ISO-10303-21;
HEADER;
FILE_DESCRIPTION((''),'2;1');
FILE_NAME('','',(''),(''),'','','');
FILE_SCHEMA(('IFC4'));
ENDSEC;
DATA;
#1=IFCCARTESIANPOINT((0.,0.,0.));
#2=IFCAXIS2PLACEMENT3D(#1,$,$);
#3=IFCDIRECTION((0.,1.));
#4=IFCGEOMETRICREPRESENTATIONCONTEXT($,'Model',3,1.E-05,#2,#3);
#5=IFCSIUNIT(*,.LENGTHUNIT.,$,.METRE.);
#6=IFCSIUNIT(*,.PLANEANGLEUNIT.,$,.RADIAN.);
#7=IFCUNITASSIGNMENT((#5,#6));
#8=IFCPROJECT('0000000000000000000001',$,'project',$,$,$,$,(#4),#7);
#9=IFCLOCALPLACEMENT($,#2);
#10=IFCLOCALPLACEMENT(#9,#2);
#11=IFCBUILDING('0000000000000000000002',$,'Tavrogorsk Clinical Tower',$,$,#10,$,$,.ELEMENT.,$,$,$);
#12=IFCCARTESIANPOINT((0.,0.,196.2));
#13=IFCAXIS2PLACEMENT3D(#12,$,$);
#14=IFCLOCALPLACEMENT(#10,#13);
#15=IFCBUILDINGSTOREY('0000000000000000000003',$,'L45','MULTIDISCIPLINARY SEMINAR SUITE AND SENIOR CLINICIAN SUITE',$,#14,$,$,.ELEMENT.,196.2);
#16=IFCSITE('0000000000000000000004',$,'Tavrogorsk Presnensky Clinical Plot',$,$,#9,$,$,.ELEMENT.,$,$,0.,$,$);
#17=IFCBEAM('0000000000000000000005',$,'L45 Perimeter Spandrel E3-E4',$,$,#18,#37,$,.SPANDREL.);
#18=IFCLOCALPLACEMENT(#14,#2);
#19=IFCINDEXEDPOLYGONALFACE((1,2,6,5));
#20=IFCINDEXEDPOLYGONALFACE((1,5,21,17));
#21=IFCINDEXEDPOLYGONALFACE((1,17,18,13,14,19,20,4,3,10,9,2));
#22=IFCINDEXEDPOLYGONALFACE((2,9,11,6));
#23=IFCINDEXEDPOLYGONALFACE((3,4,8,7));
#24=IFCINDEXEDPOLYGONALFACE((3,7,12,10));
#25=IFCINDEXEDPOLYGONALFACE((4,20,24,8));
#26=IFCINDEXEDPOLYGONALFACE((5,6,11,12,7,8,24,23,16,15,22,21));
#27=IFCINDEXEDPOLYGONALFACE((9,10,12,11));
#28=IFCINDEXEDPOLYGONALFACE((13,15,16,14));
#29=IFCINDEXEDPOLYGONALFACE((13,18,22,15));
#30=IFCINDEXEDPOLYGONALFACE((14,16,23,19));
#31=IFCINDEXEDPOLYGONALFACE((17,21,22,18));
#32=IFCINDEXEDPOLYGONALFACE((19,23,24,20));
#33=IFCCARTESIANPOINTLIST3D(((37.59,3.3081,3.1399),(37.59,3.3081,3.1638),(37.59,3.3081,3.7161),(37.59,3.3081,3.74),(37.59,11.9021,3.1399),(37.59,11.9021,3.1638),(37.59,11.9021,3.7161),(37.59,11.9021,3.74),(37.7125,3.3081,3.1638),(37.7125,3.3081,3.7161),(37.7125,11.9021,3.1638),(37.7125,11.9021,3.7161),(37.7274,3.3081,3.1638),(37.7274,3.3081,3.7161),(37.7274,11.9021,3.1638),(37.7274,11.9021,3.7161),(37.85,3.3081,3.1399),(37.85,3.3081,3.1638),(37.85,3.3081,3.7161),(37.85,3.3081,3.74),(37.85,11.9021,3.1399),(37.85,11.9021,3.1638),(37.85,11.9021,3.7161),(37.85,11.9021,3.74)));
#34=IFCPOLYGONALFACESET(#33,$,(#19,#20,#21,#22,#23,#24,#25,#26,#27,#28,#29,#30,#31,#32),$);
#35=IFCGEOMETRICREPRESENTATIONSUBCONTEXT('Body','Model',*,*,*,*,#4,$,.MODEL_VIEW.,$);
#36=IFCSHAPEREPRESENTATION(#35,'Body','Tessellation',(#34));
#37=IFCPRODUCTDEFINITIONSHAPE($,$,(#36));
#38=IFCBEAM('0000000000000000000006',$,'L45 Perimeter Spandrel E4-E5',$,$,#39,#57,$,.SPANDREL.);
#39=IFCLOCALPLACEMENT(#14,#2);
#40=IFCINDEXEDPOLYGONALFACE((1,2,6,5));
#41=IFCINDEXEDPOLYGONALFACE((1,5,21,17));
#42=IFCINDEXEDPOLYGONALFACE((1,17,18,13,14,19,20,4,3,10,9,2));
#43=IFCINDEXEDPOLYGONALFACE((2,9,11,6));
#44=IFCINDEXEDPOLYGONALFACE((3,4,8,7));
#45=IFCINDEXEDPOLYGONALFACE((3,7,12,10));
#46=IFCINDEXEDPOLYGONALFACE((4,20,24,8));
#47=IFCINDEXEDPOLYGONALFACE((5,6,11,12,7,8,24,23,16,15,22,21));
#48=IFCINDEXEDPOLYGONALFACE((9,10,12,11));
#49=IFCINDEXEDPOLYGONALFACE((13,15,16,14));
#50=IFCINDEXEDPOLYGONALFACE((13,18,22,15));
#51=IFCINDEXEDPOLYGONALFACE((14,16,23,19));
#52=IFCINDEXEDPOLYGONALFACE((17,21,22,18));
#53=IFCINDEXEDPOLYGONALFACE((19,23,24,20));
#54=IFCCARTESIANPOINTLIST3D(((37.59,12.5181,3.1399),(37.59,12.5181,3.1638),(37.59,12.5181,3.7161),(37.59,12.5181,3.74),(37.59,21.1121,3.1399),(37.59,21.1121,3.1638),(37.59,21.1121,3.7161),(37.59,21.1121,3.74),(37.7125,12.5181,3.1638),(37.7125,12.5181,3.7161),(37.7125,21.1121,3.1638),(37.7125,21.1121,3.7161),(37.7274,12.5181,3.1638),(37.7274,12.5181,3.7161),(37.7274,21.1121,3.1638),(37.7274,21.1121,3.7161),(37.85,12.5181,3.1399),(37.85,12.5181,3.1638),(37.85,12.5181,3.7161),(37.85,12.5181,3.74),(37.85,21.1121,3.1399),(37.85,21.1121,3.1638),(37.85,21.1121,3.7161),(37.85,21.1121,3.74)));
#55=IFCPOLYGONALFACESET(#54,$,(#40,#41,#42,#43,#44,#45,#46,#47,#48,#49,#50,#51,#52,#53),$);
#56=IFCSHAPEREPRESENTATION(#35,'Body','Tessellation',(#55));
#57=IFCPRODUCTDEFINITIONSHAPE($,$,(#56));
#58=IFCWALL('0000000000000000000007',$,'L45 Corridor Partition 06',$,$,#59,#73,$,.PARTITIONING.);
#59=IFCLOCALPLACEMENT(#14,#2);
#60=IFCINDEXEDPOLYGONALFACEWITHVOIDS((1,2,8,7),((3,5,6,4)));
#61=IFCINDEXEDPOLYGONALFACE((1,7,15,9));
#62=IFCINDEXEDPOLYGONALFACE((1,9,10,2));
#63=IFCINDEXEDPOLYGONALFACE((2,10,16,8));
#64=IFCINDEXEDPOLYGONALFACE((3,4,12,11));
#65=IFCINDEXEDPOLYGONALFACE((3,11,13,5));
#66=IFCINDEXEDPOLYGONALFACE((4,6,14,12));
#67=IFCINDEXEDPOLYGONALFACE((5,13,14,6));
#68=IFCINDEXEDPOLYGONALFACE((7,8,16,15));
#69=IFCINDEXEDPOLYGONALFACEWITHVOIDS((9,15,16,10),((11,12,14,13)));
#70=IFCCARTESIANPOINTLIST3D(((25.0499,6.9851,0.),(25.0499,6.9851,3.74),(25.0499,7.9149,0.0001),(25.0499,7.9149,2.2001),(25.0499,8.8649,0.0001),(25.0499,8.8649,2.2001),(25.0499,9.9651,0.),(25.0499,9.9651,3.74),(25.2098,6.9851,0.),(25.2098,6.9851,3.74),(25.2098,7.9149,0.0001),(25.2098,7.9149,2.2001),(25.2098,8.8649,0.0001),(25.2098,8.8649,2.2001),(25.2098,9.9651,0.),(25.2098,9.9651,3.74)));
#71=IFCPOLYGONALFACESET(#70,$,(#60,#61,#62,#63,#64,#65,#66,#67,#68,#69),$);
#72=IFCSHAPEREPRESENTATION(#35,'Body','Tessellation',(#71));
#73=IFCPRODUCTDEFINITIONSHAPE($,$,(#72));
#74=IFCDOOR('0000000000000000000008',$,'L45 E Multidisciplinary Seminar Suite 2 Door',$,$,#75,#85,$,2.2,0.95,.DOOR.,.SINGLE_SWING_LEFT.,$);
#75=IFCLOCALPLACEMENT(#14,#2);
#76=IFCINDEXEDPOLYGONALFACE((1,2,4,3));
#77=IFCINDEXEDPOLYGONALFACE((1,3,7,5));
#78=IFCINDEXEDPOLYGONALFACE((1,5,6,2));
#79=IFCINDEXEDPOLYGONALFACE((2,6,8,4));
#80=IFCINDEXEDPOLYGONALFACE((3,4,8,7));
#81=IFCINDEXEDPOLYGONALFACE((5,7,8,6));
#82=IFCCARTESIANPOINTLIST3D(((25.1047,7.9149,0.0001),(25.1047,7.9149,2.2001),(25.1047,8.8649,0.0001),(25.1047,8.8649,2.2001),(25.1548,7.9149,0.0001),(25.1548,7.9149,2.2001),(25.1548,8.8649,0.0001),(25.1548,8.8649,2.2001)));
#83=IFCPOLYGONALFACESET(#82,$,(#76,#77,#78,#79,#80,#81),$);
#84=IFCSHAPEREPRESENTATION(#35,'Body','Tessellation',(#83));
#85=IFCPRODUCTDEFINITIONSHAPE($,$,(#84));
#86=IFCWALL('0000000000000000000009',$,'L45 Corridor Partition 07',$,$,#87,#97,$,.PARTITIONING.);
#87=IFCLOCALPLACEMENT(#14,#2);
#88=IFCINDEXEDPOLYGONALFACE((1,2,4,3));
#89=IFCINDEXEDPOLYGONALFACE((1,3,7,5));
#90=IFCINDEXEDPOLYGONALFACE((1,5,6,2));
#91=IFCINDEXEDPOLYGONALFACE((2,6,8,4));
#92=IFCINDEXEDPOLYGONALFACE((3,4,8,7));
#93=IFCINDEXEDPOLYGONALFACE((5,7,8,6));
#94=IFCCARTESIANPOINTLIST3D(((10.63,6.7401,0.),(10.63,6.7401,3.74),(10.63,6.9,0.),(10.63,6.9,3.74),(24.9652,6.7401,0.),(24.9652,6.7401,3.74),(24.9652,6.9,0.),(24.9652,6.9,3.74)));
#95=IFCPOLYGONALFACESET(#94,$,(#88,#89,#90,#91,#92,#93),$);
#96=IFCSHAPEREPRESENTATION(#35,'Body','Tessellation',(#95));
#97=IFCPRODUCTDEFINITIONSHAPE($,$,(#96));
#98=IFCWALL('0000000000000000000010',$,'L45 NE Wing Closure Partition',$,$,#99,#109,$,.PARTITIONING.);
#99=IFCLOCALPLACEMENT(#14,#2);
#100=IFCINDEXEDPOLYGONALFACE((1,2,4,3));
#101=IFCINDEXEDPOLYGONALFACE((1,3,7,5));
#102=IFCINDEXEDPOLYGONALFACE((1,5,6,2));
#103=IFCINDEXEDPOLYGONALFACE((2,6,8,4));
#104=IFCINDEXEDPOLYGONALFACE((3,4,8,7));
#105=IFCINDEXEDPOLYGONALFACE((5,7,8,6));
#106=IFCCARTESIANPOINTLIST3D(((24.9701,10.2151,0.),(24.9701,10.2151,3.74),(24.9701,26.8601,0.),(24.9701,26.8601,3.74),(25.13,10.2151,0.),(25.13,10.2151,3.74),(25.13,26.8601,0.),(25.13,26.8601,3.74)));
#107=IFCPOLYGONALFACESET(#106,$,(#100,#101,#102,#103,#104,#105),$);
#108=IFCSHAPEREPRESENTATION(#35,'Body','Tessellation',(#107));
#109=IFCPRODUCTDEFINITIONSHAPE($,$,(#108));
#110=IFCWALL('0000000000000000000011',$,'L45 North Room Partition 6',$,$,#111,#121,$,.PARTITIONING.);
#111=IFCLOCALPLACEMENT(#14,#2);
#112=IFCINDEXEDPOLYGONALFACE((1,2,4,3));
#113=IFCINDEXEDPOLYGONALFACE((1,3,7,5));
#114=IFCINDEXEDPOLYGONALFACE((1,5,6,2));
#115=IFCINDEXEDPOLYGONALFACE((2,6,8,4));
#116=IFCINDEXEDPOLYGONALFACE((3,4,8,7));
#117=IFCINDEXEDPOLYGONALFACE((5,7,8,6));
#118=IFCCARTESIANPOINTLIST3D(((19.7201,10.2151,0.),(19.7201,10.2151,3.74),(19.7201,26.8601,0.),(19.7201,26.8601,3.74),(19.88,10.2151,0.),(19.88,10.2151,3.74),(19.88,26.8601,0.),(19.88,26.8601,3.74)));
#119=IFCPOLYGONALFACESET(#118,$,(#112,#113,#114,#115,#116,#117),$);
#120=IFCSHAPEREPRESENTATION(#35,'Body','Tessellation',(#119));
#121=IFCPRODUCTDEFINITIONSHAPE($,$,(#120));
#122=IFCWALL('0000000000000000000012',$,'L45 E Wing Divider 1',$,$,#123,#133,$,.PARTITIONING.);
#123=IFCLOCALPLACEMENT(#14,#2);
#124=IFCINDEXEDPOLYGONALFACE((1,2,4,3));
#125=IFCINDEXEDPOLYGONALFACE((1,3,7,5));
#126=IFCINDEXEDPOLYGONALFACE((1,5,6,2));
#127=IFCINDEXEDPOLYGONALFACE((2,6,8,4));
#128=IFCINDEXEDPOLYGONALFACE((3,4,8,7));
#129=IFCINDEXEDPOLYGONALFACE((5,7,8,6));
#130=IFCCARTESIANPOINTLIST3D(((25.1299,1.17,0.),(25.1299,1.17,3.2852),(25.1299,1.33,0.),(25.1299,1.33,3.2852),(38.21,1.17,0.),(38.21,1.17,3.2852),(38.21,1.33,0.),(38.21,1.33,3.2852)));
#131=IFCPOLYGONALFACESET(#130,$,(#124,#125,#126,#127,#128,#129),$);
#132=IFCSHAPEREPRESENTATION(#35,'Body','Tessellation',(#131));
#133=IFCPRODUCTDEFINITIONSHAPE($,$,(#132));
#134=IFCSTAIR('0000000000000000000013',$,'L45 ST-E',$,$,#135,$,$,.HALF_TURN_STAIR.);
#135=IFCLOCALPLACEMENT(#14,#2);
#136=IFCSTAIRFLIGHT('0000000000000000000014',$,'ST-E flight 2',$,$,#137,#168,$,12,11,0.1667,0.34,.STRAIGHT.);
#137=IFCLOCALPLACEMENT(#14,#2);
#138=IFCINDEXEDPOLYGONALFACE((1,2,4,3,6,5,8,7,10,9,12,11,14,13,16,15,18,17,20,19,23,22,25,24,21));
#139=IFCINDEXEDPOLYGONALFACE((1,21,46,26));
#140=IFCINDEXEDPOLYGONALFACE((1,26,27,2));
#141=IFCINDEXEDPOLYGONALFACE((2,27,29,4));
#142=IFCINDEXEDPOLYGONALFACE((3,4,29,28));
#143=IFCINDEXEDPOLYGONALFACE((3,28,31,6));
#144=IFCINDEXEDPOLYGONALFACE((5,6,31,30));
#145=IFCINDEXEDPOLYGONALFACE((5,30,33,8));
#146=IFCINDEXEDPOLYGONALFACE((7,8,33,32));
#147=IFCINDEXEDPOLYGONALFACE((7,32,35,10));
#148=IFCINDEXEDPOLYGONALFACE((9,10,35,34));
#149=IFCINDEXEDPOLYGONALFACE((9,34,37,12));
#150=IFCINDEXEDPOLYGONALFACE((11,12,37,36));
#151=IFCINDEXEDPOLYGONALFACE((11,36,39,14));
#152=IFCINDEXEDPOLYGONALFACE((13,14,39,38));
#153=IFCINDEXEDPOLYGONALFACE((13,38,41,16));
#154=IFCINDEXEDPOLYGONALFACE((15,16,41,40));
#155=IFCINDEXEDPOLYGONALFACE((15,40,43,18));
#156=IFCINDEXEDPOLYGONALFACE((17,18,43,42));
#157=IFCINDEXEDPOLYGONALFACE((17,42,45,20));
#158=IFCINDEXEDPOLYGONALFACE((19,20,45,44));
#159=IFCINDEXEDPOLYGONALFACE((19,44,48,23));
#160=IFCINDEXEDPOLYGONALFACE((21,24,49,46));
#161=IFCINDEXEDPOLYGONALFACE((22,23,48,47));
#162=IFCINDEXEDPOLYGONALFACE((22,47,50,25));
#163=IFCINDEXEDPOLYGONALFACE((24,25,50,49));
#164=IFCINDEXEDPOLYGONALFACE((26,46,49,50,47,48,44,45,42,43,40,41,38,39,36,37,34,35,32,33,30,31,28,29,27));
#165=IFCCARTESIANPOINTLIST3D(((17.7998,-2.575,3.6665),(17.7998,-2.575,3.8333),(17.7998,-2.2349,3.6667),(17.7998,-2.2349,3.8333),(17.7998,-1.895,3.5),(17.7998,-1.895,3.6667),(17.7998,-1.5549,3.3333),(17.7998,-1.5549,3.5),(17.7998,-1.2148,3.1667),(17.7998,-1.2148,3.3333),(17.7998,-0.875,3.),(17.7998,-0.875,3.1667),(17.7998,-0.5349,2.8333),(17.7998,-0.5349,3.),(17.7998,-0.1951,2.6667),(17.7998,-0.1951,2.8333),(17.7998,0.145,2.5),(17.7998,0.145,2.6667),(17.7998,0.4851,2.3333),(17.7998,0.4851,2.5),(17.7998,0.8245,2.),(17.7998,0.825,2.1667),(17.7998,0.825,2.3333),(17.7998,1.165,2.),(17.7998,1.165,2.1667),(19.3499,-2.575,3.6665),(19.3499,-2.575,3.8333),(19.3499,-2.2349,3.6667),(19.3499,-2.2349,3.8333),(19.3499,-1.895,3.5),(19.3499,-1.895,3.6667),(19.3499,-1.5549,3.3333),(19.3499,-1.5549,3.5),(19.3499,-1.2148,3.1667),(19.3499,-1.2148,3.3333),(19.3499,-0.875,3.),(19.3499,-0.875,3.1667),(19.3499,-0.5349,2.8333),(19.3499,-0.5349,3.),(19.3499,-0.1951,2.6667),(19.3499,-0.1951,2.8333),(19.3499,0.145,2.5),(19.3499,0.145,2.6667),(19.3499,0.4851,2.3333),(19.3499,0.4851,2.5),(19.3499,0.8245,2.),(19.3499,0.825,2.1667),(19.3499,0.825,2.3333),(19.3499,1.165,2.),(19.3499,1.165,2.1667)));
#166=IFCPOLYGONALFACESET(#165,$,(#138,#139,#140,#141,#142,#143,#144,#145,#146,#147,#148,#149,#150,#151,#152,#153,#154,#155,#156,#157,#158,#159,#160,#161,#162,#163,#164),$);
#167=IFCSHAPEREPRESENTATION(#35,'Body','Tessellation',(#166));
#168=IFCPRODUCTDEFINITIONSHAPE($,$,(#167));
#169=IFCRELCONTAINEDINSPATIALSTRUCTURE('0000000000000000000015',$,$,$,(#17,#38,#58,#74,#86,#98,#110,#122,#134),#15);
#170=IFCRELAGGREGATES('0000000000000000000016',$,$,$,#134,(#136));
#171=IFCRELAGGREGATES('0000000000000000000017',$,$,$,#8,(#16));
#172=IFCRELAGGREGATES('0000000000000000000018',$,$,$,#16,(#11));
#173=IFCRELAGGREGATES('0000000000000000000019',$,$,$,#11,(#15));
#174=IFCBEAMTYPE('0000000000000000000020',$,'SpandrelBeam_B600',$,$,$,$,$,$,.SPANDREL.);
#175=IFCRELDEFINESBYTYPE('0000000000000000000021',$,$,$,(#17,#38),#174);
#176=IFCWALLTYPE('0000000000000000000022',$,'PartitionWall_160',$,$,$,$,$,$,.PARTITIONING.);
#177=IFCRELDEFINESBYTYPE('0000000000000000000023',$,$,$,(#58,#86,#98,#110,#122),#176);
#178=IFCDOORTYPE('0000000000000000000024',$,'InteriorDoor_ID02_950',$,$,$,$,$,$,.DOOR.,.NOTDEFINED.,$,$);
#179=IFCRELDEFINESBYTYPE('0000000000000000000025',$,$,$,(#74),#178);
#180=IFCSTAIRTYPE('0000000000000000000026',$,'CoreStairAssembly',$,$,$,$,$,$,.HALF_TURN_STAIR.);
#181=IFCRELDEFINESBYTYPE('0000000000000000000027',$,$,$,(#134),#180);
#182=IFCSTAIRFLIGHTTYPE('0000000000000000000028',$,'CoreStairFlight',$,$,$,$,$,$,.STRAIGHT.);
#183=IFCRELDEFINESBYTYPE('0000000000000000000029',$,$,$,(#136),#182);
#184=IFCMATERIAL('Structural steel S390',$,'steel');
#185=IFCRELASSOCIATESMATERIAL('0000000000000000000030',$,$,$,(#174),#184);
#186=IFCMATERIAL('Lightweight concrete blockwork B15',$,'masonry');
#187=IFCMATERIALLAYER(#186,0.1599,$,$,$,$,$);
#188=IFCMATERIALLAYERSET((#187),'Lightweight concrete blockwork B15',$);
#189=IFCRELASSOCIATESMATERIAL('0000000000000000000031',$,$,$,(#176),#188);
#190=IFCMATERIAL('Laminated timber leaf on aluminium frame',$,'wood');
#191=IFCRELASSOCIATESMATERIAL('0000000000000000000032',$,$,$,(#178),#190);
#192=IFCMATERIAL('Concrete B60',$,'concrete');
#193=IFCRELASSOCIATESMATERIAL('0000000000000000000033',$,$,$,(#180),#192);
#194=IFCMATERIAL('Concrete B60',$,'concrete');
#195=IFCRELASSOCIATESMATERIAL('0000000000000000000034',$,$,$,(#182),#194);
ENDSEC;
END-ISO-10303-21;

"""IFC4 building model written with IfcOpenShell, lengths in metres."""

from ifc_helpers import new_model, si_unit, direction, frame, frame_2d, origin, origin_2d, place, context, subcontext, project, spatial, polyline, rectangle, i_section, outline, extrude, material, layer, layer_set, material_profile, profile_set, type_object, element, fill, aggregate, save


model = new_model("IFC4")

# Units and contexts
model_context = context("Model", 3, precision=1e-05, world=origin(), true_north=direction((0.0, 1.0)))
body_context = subcontext(model_context, "Body", "Model", "MODEL_VIEW")
ifc_project = project(units=[si_unit("LENGTHUNIT", "METRE"), si_unit("PLANEANGLEUNIT", "RADIAN")], contexts=[model_context])

# Site, building, storey
site_placement = place(None, origin())
site = spatial("IfcSite", under=ifc_project, at=site_placement, Name="Tavrogorsk Presnensky Clinical Plot", CompositionType="ELEMENT", RefElevation=0.0)
building_placement = place(site_placement, origin())
building = spatial("IfcBuilding", under=site, at=building_placement, Name="Tavrogorsk Clinical Tower", CompositionType="ELEMENT")
storey_placement = place(building_placement, frame((0.0, 0.0, 196.2)))
storey = spatial("IfcBuildingStorey", under=building, at=storey_placement, Name="L45", Description="MULTIDISCIPLINARY SEMINAR SUITE AND SENIOR CLINICIAN SUITE", CompositionType="ELEMENT", Elevation=196.2)

# Beams
ifc_material_1 = material(Name="Structural steel S390", Category="steel")
ifc_material_profile_1 = material_profile(ifc_material_1, i_section(OverallWidth=0.26, OverallDepth=0.6001, WebThickness=0.0149, FlangeThickness=0.0239, at=origin_2d()), Name="B-600x260x15x24")
ifc_profile_set_1 = profile_set([ifc_material_profile_1], Name="Structural steel S390")
beam_type_1 = type_object("IfcBeamType", Name="SpandrelBeam_B600", PredefinedType="SPANDREL", material=ifc_profile_set_1)
for number, where, z_axis, x_axis, name in (
    (1, (37.72, 3.3081, 3.4399), (0.0, 1.0, 0.0), (-1.0, 0.0, 0.0), "L45 Perimeter Spandrel E3-E4"),
    (2, (37.72, 12.5181, 3.4399), (0.0, 1.0, 0.0), (-1.0, 0.0, 0.0), "L45 Perimeter Spandrel E4-E5"),
):
    element("IfcBeam", number, at=place(storey_placement, frame(where, z_axis=z_axis, x_axis=x_axis)), inside=storey, type_object=beam_type_1, Name=name, PredefinedType="SPANDREL", context=body_context, shape_type="SweptSolid", body=[
        extrude(i_section(OverallWidth=0.26, OverallDepth=0.6001, WebThickness=0.0149, FlangeThickness=0.0239, at=origin_2d()), origin(), (0.0, 0.0, 1.0), 8.594),
    ])

# Wall, opening, door
ifc_material_2 = material(Name="Lightweight concrete blockwork B15", Category="masonry")
ifc_layer_1 = layer(ifc_material_2, 0.1599)
ifc_layer_set_1 = layer_set([ifc_layer_1], Name="Lightweight concrete blockwork B15")
wall_type = type_object("IfcWallType", Name="PartitionWall_160", PredefinedType="PARTITIONING", material=ifc_layer_set_1)
wall_1_placement = place(storey_placement, frame((25.1299, 9.9651, 0.0), z_axis=(0.0, 0.0, 1.0), x_axis=(0.0, -1.0, 0.0)))
wall_1 = element("IfcWall", 3, at=wall_1_placement, inside=storey, type_object=wall_type, Name="L45 Corridor Partition 06", PredefinedType="PARTITIONING", context=body_context, shape_type="SweptSolid", body=[
    extrude(rectangle(XDim=2.98, YDim=0.1599, at=frame_2d((1.49, 0.0))), origin(), (0.0, 0.0, 1.0), 3.74),
])
opening_placement = place(wall_1_placement, frame((1.1001, 0.0, 0.0)))
opening = element("IfcOpeningElement", 4, at=opening_placement, cuts=wall_1, PredefinedType="OPENING", context=body_context, shape_type="SweptSolid", body=[
    extrude(rectangle(XDim=0.95, YDim=2.2, at=frame_2d((0.4751, 1.1001))), frame((0.0, 0.0898, 0.0), z_axis=(0.0, -1.0, 0.0), x_axis=(1.0, 0.0, 0.0)), (0.0, 0.0, 1.0), 0.1799),
])
ifc_material_3 = material(Name="Laminated timber leaf on aluminium frame", Category="wood")
door_type = type_object("IfcDoorType", Name="InteriorDoor_ID02_950", OperationType="NOTDEFINED", PredefinedType="DOOR", material=ifc_material_3)
door_placement = place(opening_placement, origin())
door = element("IfcDoor", 5, at=door_placement, inside=storey, type_object=door_type, Name="L45 E Multidisciplinary Seminar Suite 2 Door", OperationType="SINGLE_SWING_LEFT", OverallHeight=2.2, OverallWidth=0.95, PredefinedType="DOOR", context=body_context, shape_type="SweptSolid", body=[
    extrude(rectangle(XDim=0.95, YDim=2.2, at=frame_2d((0.4751, 1.1001))), frame((0.0, 0.0249, 0.0), z_axis=(0.0, -1.0, 0.0), x_axis=(1.0, 0.0, 0.0)), (0.0, 0.0, 1.0), 0.05),
])
fill(opening, door)

# Walls
wall_2_placement = place(storey_placement, frame((24.9651, 6.8201, 0.0), z_axis=(0.0, 0.0, 1.0), x_axis=(-1.0, 0.0, 0.0)))
element("IfcWall", 6, at=wall_2_placement, inside=storey, type_object=wall_type, Name="L45 Corridor Partition 07", PredefinedType="PARTITIONING", context=body_context, shape_type="SweptSolid", body=[
    extrude(rectangle(XDim=14.3352, YDim=0.1599, at=frame_2d((7.1675, 0.0))), origin(), (0.0, 0.0, 1.0), 3.74),
])
for number, where, z_axis, x_axis, name in (
    (7, (25.05, 10.2151, 0.0), (0.0, 0.0, 1.0), (0.0, 1.0, 0.0), "L45 NE Wing Closure Partition"),
    (8, (19.8, 10.2151, 0.0), (0.0, 0.0, 1.0), (0.0, 1.0, 0.0), "L45 North Room Partition 6"),
):
    element("IfcWall", number, at=place(storey_placement, frame(where, z_axis=z_axis, x_axis=x_axis)), inside=storey, type_object=wall_type, Name=name, PredefinedType="PARTITIONING", context=body_context, shape_type="SweptSolid", body=[
        extrude(rectangle(XDim=16.645, YDim=0.1599, at=frame_2d((8.3225, 0.0))), origin(), (0.0, 0.0, 1.0), 3.74),
    ])
wall_3_placement = place(storey_placement, frame((25.1299, 1.25, 0.0), z_axis=(0.0, 0.0, 1.0), x_axis=(1.0, 0.0, 0.0)))
element("IfcWall", 9, at=wall_3_placement, inside=storey, type_object=wall_type, Name="L45 E Wing Divider 1", PredefinedType="PARTITIONING", context=body_context, shape_type="SweptSolid", body=[
    extrude(rectangle(XDim=13.0801, YDim=0.1599, at=frame_2d((6.54, 0.0))), origin(), (0.0, 0.0, 1.0), 3.2852),
])

# Stair, stair flight
ifc_material_4 = material(Name="Concrete B60", Category="concrete")
stair_type = type_object("IfcStairType", Name="CoreStairAssembly", PredefinedType="HALF_TURN_STAIR", material=ifc_material_4)
stair_placement = place(storey_placement, origin())
stair = element("IfcStair", 10, at=stair_placement, inside=storey, type_object=stair_type, Name="L45 ST-E", PredefinedType="HALF_TURN_STAIR")
ifc_material_5 = material(Name="Concrete B60", Category="concrete")
stair_flight_type = type_object("IfcStairFlightType", Name="CoreStairFlight", PredefinedType="STRAIGHT", material=ifc_material_5)
stair_flight_placement = place(storey_placement, frame((18.575, 1.165, 2.0), z_axis=(0.0, 0.0, 1.0), x_axis=(0.0, -1.0, 0.0)))
stair_flight = element("IfcStairFlight", 11, at=stair_flight_placement, type_object=stair_flight_type, Name="ST-E flight 2", NumberOfRisers=12, NumberOfTreads=11, PredefinedType="STRAIGHT", RiserHeight=0.1667, TreadLength=0.34, context=body_context, shape_type="SweptSolid", body=[
    extrude(outline(polyline([(0.0, 0.0), (0.0, 0.1667), (0.3401, 0.1667), (0.3401, 0.3333), (0.6799, 0.3333), (0.6799, 0.5), (1.02, 0.5), (1.02, 0.6667), (1.3601, 0.6667), (1.3601, 0.8333), (1.7, 0.8333), (1.7, 1.0), (2.04, 1.0), (2.04, 1.1667), (2.3799, 1.1667), (2.3799, 1.3333), (2.72, 1.3333), (2.72, 1.5), (3.0601, 1.5), (3.0601, 1.6667), (3.3999, 1.6667), (3.3999, 1.8333), (3.74, 1.8333), (3.74, 2.0), (3.74, 1.6665), (0.3406, 0.0), (0.0, 0.0)])), frame((0.0, 0.7749, 0.0), z_axis=(0.0, -1.0, 0.0), x_axis=(1.0, 0.0, 0.0)), (0.0, 0.0, 1.0), 1.55),
])
aggregate(stair, [stair_flight])

save(model, "model.ifc")
